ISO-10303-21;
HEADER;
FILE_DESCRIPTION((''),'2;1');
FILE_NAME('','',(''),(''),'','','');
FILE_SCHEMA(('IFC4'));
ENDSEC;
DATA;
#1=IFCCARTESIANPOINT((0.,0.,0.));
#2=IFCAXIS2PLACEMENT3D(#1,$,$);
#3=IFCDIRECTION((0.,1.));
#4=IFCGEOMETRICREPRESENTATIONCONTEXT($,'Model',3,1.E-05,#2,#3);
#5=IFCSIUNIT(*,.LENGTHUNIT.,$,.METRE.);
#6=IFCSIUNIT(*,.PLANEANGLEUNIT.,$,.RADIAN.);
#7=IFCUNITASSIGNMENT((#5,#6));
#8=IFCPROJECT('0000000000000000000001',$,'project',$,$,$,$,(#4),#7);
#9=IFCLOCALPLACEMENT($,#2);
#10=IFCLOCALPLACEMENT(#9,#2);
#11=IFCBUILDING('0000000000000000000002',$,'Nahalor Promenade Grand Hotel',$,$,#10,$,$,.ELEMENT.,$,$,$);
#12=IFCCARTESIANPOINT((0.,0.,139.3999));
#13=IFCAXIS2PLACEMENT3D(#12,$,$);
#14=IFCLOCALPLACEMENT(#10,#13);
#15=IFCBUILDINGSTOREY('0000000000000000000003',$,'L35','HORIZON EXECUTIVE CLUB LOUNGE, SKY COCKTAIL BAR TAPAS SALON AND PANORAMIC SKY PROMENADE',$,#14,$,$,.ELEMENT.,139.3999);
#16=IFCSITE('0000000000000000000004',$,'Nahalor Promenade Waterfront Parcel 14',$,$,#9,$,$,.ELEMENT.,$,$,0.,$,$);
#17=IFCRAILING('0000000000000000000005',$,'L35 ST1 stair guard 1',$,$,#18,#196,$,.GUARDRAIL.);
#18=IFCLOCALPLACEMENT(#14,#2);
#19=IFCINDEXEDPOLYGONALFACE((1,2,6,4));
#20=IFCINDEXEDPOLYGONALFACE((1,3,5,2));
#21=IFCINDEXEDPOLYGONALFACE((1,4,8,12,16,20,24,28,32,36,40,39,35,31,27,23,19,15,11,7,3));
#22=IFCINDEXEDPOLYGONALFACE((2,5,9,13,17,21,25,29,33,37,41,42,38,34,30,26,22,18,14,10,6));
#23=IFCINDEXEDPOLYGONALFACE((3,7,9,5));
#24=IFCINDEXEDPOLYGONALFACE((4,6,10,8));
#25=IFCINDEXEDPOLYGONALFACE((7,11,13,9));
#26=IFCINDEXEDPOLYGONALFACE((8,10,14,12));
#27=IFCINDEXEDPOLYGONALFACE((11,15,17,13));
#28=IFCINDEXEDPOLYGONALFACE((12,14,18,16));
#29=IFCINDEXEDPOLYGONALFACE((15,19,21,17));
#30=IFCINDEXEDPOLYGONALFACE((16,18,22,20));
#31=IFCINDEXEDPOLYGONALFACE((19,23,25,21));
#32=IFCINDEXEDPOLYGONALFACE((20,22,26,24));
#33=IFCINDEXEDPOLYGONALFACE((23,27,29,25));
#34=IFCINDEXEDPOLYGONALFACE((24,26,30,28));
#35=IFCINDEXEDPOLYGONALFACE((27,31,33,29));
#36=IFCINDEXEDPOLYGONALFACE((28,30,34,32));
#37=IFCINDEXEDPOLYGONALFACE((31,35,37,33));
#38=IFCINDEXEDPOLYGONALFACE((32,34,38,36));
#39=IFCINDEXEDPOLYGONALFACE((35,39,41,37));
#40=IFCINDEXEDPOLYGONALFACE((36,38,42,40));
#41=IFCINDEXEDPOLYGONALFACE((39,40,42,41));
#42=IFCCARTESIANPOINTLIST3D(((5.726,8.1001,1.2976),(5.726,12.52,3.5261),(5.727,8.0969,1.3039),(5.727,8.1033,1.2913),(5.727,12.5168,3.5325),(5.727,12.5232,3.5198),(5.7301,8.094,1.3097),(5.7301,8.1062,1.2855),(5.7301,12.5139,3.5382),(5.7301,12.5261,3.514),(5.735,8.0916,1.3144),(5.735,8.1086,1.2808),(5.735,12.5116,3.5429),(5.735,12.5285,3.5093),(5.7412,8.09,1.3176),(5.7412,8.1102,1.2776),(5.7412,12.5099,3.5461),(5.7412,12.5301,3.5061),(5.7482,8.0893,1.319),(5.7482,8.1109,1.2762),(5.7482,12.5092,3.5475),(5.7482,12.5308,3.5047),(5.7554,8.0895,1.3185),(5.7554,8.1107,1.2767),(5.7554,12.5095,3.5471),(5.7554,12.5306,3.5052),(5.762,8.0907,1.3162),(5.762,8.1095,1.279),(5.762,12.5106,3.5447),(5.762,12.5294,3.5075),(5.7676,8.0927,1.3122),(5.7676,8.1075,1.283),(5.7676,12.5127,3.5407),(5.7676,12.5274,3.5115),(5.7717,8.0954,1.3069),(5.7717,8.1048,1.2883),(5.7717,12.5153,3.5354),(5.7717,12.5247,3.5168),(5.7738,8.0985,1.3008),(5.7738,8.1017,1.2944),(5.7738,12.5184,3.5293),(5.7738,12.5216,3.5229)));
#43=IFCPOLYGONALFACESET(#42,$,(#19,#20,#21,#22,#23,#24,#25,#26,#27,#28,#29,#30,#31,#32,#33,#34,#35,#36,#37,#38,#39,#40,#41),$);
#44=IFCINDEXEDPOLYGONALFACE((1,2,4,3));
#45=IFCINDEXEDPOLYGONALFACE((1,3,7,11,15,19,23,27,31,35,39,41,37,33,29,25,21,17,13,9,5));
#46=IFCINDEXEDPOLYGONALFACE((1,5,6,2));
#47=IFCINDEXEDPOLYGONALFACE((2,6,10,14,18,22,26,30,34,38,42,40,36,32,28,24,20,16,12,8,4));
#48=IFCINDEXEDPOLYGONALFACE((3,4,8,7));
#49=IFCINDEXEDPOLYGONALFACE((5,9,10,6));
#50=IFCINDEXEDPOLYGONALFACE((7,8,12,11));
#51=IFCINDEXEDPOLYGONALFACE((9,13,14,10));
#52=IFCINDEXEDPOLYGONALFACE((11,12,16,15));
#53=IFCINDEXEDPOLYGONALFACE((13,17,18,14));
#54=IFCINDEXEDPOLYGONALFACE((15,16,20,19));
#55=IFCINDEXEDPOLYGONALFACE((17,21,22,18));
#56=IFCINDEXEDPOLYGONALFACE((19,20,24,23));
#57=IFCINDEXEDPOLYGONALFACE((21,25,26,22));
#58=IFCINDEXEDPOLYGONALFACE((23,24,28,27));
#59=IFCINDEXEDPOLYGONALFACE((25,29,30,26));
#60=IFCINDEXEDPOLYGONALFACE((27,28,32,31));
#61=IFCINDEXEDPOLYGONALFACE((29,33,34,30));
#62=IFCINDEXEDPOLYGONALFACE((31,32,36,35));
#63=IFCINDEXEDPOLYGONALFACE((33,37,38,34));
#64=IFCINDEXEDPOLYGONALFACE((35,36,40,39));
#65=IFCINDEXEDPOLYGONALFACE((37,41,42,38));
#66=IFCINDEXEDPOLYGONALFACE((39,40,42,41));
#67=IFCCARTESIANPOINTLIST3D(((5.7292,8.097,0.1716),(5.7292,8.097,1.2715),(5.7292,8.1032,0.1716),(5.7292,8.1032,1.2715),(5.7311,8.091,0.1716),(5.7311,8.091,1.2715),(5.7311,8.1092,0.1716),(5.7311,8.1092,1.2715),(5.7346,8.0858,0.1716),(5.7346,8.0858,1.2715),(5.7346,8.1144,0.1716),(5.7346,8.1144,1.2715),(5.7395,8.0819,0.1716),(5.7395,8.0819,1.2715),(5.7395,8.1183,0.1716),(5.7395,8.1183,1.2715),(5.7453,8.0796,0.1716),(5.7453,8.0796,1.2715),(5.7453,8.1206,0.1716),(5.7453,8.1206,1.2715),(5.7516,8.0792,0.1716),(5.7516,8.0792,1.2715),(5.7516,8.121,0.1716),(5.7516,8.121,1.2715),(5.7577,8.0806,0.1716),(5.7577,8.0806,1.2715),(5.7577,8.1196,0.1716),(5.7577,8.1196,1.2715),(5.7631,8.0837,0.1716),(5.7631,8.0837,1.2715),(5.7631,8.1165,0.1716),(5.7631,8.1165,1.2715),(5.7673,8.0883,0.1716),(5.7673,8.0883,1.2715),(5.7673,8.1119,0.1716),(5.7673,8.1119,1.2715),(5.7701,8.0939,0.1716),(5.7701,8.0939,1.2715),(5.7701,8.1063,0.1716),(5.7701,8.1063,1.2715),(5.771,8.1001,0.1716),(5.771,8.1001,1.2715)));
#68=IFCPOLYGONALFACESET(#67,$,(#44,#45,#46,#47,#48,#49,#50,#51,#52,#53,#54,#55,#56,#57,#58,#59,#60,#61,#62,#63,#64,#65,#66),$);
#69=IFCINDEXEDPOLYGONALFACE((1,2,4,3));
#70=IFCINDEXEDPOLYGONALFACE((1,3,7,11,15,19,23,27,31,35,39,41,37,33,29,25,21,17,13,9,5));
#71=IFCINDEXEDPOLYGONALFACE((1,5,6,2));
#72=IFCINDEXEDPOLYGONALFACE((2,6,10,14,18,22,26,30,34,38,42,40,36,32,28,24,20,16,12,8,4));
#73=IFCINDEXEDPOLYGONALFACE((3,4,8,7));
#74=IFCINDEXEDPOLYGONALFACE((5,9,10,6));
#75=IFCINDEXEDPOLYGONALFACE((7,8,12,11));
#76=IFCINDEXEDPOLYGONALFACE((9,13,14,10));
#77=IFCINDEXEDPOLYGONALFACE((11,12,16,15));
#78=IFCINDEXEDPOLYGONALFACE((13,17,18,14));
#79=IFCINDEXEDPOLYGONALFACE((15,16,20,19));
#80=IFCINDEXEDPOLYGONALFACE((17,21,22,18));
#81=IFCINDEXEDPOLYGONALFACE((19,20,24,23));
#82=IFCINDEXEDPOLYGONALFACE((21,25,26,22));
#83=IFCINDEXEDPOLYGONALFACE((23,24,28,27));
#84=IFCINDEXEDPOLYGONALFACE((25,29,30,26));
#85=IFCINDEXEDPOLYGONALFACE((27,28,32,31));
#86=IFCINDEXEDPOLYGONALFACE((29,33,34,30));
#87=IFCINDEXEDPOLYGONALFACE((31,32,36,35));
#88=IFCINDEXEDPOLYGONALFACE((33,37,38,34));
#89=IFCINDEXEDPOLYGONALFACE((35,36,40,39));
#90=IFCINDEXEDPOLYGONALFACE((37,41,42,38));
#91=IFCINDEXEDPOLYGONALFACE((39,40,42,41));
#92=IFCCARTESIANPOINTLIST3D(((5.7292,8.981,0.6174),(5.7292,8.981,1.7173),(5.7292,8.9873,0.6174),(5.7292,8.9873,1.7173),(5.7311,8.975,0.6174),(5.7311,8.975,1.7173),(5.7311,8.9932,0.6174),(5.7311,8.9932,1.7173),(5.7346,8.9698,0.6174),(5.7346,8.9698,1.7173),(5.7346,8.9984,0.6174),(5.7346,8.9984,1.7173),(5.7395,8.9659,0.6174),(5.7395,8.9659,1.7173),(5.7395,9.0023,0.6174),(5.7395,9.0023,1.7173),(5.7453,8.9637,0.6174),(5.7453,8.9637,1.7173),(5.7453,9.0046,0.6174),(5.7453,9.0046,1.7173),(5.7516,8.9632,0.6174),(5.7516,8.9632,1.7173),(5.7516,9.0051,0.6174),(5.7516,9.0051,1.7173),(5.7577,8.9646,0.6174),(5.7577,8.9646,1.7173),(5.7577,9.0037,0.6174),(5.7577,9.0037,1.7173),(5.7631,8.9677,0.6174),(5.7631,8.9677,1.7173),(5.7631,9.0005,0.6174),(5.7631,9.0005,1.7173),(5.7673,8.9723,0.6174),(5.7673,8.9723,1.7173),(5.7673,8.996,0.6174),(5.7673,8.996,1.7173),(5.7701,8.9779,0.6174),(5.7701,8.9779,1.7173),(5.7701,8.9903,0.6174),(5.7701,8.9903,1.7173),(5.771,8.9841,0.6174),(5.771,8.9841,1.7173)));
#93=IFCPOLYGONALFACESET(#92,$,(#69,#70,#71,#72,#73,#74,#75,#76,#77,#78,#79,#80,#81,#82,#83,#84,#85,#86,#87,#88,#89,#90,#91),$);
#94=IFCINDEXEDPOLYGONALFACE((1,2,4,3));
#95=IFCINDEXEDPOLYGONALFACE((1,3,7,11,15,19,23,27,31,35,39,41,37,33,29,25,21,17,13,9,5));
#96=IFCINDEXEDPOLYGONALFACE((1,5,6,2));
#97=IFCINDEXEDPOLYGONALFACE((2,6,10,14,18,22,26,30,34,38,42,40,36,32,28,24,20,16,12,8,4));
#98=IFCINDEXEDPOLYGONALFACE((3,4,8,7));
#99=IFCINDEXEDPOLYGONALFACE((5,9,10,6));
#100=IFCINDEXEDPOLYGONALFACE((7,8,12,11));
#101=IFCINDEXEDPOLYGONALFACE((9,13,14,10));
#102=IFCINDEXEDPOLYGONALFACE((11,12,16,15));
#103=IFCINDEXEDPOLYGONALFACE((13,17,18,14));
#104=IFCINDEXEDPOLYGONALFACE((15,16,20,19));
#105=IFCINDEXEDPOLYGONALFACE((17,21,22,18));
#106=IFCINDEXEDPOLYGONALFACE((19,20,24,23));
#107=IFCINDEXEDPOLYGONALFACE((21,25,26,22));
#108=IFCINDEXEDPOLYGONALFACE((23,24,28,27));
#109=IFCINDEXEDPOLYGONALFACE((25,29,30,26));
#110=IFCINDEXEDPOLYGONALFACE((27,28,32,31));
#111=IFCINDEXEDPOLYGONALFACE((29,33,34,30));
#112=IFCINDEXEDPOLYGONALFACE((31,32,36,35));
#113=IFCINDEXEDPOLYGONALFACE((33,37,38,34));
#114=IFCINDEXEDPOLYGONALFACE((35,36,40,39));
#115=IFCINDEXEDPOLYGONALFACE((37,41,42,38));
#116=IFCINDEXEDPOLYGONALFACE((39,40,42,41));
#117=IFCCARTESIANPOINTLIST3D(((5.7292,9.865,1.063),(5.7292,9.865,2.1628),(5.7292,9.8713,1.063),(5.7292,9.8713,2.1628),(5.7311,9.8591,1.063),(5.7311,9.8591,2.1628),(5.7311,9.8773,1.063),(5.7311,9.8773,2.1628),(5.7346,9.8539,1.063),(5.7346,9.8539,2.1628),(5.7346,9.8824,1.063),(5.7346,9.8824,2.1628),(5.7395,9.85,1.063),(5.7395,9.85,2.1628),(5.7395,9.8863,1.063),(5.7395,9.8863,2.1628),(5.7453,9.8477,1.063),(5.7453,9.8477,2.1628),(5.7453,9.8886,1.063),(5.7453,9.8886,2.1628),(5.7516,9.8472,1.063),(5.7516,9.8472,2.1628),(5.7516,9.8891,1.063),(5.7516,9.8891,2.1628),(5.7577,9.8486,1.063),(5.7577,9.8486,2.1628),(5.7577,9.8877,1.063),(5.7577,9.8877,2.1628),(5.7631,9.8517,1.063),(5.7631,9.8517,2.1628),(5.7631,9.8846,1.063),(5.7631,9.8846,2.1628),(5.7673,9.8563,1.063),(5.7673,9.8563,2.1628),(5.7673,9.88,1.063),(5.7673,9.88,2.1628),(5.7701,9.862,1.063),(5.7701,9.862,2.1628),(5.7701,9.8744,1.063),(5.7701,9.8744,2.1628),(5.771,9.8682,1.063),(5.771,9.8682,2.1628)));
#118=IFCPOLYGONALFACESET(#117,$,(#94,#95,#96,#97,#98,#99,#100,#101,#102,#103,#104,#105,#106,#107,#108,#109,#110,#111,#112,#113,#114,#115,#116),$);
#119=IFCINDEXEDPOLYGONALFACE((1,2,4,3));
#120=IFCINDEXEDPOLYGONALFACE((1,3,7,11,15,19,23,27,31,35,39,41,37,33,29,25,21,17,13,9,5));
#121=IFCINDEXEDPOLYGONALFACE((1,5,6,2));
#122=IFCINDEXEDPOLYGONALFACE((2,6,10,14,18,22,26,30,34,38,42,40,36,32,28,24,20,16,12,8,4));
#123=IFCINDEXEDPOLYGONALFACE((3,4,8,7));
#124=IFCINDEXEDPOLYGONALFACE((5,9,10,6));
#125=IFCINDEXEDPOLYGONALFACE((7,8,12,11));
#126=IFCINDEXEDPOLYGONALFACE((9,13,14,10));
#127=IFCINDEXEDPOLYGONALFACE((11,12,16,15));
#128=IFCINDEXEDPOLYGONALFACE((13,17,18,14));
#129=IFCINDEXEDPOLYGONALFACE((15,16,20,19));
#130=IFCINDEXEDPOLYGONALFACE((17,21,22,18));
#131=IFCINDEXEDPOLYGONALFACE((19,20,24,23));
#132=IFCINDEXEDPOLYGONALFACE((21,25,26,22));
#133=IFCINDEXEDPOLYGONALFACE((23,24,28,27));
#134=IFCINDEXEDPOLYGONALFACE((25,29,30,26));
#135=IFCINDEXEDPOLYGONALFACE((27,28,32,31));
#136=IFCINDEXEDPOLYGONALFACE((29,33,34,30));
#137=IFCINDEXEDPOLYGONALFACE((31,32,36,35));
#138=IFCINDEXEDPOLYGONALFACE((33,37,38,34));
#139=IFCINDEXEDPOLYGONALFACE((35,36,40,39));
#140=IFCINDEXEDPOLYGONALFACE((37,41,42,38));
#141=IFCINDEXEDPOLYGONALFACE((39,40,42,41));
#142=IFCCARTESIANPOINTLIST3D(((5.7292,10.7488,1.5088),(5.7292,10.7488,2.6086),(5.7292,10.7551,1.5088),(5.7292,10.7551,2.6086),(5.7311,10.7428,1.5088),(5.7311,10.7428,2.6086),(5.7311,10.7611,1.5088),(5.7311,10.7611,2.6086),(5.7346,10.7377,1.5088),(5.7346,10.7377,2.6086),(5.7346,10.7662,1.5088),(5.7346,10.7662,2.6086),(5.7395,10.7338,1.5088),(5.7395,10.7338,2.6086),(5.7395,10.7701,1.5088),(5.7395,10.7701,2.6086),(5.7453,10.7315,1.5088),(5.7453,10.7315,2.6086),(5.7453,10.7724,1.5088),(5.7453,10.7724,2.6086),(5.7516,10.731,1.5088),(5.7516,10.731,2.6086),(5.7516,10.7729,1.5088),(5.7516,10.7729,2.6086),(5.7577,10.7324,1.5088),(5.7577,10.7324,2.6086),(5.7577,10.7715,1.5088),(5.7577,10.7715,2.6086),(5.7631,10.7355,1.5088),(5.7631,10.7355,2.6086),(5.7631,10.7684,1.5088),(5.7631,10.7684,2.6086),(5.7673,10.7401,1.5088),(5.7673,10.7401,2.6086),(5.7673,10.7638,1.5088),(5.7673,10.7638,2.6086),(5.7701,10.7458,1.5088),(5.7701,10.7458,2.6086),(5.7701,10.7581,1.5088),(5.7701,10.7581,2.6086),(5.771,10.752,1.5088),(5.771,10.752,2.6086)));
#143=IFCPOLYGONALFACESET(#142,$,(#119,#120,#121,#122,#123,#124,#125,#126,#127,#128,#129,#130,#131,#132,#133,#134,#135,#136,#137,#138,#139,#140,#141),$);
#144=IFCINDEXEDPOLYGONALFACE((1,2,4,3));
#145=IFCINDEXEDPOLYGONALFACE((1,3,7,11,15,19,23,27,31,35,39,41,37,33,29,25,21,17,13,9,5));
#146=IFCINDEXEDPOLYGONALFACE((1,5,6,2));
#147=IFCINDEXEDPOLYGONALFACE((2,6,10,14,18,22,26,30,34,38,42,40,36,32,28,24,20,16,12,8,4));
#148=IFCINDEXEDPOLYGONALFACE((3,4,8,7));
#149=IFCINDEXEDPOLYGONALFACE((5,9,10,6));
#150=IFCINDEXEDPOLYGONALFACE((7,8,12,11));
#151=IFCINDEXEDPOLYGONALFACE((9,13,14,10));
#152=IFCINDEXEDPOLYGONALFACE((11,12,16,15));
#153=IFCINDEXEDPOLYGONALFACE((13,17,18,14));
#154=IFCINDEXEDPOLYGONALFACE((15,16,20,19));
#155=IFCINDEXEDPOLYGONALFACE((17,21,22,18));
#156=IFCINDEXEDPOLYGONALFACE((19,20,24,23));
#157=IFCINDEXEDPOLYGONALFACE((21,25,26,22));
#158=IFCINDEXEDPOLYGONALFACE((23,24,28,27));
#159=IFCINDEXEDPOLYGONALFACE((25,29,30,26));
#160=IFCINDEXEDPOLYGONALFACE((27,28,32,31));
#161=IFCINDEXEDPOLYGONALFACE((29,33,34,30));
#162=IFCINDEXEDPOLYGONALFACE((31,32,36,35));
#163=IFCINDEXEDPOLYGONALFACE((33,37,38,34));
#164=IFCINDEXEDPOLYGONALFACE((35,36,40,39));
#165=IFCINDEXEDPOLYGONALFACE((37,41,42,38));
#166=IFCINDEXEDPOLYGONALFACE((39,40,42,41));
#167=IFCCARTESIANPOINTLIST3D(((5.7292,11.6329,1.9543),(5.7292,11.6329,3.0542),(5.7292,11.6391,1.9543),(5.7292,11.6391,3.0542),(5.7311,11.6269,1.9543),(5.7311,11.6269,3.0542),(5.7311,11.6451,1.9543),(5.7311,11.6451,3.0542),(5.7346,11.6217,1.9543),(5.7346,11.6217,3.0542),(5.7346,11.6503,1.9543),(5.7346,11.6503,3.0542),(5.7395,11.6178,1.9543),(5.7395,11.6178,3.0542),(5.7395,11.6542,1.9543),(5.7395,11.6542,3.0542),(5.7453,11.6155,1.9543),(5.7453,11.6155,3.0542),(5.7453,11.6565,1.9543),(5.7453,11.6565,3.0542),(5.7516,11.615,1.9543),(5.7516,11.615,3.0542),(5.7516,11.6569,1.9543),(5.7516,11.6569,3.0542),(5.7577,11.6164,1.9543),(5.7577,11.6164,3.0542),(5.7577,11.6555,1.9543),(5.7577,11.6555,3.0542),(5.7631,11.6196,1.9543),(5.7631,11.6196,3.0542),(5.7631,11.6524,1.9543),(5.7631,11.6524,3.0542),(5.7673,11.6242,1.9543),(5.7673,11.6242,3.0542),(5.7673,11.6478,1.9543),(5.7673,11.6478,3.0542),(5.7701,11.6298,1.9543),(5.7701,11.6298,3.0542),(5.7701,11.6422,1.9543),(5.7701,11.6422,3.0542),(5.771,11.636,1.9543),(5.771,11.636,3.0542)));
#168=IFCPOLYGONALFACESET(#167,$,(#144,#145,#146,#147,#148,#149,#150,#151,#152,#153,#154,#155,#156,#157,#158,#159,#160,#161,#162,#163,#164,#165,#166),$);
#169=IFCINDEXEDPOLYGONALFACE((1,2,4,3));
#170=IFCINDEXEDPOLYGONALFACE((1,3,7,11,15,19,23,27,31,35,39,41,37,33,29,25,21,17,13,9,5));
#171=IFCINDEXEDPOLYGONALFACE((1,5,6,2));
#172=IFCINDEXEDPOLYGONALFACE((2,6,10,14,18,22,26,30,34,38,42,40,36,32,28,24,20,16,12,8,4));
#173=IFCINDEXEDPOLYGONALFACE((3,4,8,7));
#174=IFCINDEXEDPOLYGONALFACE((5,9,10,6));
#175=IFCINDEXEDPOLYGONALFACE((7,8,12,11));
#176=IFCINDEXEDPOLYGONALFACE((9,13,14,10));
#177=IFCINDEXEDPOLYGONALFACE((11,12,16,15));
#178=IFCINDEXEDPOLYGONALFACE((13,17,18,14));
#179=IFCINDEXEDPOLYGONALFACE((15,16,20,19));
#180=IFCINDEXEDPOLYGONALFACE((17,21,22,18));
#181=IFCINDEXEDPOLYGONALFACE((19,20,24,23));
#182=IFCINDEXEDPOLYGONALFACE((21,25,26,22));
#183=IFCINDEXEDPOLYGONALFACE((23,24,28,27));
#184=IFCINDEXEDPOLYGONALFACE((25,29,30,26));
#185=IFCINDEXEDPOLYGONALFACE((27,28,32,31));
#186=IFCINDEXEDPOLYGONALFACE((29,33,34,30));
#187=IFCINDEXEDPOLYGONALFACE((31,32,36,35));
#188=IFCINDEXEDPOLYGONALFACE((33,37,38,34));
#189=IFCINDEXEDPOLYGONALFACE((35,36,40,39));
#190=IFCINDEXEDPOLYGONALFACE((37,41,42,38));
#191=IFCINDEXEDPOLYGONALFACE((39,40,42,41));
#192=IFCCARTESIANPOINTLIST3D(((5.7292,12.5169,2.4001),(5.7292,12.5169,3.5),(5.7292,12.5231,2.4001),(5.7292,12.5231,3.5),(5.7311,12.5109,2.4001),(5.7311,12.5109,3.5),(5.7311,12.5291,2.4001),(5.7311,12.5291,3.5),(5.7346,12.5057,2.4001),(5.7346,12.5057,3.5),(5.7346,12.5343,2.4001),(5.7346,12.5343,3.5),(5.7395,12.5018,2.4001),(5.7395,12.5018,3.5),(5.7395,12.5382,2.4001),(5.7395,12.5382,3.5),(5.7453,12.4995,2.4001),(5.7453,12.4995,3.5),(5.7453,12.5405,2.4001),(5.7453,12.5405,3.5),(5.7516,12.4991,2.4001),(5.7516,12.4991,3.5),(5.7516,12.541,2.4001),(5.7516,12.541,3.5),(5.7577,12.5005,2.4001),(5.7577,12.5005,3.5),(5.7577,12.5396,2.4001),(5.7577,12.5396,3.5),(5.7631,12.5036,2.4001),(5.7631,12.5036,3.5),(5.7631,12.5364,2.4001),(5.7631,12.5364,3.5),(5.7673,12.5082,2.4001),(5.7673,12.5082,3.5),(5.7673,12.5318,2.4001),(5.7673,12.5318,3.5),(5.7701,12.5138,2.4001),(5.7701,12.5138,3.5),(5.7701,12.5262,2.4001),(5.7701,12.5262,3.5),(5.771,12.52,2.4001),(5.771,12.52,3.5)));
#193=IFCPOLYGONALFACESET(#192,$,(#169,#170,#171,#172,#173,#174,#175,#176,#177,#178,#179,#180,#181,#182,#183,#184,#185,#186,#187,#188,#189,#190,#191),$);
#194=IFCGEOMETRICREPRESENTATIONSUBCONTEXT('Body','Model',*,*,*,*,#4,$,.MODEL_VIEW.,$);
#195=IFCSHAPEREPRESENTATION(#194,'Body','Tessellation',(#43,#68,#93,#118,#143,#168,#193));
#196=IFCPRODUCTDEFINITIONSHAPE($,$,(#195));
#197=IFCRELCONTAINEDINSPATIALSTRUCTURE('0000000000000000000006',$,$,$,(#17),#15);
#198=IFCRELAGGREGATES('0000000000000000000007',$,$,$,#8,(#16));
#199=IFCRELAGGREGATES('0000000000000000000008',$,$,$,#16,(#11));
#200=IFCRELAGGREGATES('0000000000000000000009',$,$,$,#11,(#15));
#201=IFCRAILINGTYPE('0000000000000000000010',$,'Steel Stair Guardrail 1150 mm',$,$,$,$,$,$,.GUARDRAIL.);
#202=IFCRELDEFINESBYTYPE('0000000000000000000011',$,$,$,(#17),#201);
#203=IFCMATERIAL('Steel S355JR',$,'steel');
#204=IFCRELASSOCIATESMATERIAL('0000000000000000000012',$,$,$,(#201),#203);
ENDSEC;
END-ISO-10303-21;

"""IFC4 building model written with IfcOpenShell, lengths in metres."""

from ifc_helpers import new_model, si_unit, direction, frame, origin, origin_2d, place, context, subcontext, project, spatial, circle, extrude, material, type_object, element, save


model = new_model("IFC4")

# Units and contexts
model_context = context("Model", 3, precision=1e-05, world=origin(), true_north=direction((0.0, 1.0)))
body_context = subcontext(model_context, "Body", "Model", "MODEL_VIEW")
ifc_project = project(units=[si_unit("LENGTHUNIT", "METRE"), si_unit("PLANEANGLEUNIT", "RADIAN")], contexts=[model_context])

# Site, building, storey
site_placement = place(None, origin())
site = spatial("IfcSite", under=ifc_project, at=site_placement, Name="Nahalor Promenade Waterfront Parcel 14", CompositionType="ELEMENT", RefElevation=0.0)
building_placement = place(site_placement, origin())
building = spatial("IfcBuilding", under=site, at=building_placement, Name="Nahalor Promenade Grand Hotel", CompositionType="ELEMENT")
storey_placement = place(building_placement, frame((0.0, 0.0, 139.3999)))
storey = spatial("IfcBuildingStorey", under=building, at=storey_placement, Name="L35", Description="HORIZON EXECUTIVE CLUB LOUNGE, SKY COCKTAIL BAR TAPAS SALON AND PANORAMIC SKY PROMENADE", CompositionType="ELEMENT", Elevation=139.3999)

# Shared definitions
ifc_material_1 = material(Name="Steel S355JR", Category="steel")

# Railing
railing_type_1 = type_object("IfcRailingType", Name="Steel Stair Guardrail 1150 mm", PredefinedType="GUARDRAIL", material=ifc_material_1)
railing_1_placement = place(storey_placement, frame((5.75, 8.1001, 0.1716)))
element("IfcRailing", 1, at=railing_1_placement, inside=storey, type_object=railing_type_1, Name="L35 ST1 stair guard 1", PredefinedType="GUARDRAIL", context=body_context, shape_type="SweptSolid", body=[
    extrude(circle(Radius=0.024, at=origin_2d()), frame((0.0, 0.0, 1.126), z_axis=(0.0, 0.892923, 0.45021), x_axis=(-1.0, 0.0, 0.0)), (0.0, 0.0, 1.0), 4.95),
    extrude(circle(Radius=0.021, at=origin_2d()), origin(), (0.0, 0.0, 1.0), 1.0999),
    extrude(circle(Radius=0.021, at=origin_2d()), frame((0.0, 0.884, 0.4458)), (0.0, 0.0, 1.0), 1.0999),
    extrude(circle(Radius=0.021, at=origin_2d()), frame((0.0, 1.7681, 0.8914)), (0.0, 0.0, 1.0), 1.0999),
    extrude(circle(Radius=0.021, at=origin_2d()), frame((0.0, 2.6519, 1.3372)), (0.0, 0.0, 1.0), 1.0999),
    extrude(circle(Radius=0.021, at=origin_2d()), frame((0.0, 3.5359, 1.7827)), (0.0, 0.0, 1.0), 1.0999),
    extrude(circle(Radius=0.021, at=origin_2d()), frame((0.0, 4.4199, 2.2285)), (0.0, 0.0, 1.0), 1.0999),
])

save(model, "model.ifc")
